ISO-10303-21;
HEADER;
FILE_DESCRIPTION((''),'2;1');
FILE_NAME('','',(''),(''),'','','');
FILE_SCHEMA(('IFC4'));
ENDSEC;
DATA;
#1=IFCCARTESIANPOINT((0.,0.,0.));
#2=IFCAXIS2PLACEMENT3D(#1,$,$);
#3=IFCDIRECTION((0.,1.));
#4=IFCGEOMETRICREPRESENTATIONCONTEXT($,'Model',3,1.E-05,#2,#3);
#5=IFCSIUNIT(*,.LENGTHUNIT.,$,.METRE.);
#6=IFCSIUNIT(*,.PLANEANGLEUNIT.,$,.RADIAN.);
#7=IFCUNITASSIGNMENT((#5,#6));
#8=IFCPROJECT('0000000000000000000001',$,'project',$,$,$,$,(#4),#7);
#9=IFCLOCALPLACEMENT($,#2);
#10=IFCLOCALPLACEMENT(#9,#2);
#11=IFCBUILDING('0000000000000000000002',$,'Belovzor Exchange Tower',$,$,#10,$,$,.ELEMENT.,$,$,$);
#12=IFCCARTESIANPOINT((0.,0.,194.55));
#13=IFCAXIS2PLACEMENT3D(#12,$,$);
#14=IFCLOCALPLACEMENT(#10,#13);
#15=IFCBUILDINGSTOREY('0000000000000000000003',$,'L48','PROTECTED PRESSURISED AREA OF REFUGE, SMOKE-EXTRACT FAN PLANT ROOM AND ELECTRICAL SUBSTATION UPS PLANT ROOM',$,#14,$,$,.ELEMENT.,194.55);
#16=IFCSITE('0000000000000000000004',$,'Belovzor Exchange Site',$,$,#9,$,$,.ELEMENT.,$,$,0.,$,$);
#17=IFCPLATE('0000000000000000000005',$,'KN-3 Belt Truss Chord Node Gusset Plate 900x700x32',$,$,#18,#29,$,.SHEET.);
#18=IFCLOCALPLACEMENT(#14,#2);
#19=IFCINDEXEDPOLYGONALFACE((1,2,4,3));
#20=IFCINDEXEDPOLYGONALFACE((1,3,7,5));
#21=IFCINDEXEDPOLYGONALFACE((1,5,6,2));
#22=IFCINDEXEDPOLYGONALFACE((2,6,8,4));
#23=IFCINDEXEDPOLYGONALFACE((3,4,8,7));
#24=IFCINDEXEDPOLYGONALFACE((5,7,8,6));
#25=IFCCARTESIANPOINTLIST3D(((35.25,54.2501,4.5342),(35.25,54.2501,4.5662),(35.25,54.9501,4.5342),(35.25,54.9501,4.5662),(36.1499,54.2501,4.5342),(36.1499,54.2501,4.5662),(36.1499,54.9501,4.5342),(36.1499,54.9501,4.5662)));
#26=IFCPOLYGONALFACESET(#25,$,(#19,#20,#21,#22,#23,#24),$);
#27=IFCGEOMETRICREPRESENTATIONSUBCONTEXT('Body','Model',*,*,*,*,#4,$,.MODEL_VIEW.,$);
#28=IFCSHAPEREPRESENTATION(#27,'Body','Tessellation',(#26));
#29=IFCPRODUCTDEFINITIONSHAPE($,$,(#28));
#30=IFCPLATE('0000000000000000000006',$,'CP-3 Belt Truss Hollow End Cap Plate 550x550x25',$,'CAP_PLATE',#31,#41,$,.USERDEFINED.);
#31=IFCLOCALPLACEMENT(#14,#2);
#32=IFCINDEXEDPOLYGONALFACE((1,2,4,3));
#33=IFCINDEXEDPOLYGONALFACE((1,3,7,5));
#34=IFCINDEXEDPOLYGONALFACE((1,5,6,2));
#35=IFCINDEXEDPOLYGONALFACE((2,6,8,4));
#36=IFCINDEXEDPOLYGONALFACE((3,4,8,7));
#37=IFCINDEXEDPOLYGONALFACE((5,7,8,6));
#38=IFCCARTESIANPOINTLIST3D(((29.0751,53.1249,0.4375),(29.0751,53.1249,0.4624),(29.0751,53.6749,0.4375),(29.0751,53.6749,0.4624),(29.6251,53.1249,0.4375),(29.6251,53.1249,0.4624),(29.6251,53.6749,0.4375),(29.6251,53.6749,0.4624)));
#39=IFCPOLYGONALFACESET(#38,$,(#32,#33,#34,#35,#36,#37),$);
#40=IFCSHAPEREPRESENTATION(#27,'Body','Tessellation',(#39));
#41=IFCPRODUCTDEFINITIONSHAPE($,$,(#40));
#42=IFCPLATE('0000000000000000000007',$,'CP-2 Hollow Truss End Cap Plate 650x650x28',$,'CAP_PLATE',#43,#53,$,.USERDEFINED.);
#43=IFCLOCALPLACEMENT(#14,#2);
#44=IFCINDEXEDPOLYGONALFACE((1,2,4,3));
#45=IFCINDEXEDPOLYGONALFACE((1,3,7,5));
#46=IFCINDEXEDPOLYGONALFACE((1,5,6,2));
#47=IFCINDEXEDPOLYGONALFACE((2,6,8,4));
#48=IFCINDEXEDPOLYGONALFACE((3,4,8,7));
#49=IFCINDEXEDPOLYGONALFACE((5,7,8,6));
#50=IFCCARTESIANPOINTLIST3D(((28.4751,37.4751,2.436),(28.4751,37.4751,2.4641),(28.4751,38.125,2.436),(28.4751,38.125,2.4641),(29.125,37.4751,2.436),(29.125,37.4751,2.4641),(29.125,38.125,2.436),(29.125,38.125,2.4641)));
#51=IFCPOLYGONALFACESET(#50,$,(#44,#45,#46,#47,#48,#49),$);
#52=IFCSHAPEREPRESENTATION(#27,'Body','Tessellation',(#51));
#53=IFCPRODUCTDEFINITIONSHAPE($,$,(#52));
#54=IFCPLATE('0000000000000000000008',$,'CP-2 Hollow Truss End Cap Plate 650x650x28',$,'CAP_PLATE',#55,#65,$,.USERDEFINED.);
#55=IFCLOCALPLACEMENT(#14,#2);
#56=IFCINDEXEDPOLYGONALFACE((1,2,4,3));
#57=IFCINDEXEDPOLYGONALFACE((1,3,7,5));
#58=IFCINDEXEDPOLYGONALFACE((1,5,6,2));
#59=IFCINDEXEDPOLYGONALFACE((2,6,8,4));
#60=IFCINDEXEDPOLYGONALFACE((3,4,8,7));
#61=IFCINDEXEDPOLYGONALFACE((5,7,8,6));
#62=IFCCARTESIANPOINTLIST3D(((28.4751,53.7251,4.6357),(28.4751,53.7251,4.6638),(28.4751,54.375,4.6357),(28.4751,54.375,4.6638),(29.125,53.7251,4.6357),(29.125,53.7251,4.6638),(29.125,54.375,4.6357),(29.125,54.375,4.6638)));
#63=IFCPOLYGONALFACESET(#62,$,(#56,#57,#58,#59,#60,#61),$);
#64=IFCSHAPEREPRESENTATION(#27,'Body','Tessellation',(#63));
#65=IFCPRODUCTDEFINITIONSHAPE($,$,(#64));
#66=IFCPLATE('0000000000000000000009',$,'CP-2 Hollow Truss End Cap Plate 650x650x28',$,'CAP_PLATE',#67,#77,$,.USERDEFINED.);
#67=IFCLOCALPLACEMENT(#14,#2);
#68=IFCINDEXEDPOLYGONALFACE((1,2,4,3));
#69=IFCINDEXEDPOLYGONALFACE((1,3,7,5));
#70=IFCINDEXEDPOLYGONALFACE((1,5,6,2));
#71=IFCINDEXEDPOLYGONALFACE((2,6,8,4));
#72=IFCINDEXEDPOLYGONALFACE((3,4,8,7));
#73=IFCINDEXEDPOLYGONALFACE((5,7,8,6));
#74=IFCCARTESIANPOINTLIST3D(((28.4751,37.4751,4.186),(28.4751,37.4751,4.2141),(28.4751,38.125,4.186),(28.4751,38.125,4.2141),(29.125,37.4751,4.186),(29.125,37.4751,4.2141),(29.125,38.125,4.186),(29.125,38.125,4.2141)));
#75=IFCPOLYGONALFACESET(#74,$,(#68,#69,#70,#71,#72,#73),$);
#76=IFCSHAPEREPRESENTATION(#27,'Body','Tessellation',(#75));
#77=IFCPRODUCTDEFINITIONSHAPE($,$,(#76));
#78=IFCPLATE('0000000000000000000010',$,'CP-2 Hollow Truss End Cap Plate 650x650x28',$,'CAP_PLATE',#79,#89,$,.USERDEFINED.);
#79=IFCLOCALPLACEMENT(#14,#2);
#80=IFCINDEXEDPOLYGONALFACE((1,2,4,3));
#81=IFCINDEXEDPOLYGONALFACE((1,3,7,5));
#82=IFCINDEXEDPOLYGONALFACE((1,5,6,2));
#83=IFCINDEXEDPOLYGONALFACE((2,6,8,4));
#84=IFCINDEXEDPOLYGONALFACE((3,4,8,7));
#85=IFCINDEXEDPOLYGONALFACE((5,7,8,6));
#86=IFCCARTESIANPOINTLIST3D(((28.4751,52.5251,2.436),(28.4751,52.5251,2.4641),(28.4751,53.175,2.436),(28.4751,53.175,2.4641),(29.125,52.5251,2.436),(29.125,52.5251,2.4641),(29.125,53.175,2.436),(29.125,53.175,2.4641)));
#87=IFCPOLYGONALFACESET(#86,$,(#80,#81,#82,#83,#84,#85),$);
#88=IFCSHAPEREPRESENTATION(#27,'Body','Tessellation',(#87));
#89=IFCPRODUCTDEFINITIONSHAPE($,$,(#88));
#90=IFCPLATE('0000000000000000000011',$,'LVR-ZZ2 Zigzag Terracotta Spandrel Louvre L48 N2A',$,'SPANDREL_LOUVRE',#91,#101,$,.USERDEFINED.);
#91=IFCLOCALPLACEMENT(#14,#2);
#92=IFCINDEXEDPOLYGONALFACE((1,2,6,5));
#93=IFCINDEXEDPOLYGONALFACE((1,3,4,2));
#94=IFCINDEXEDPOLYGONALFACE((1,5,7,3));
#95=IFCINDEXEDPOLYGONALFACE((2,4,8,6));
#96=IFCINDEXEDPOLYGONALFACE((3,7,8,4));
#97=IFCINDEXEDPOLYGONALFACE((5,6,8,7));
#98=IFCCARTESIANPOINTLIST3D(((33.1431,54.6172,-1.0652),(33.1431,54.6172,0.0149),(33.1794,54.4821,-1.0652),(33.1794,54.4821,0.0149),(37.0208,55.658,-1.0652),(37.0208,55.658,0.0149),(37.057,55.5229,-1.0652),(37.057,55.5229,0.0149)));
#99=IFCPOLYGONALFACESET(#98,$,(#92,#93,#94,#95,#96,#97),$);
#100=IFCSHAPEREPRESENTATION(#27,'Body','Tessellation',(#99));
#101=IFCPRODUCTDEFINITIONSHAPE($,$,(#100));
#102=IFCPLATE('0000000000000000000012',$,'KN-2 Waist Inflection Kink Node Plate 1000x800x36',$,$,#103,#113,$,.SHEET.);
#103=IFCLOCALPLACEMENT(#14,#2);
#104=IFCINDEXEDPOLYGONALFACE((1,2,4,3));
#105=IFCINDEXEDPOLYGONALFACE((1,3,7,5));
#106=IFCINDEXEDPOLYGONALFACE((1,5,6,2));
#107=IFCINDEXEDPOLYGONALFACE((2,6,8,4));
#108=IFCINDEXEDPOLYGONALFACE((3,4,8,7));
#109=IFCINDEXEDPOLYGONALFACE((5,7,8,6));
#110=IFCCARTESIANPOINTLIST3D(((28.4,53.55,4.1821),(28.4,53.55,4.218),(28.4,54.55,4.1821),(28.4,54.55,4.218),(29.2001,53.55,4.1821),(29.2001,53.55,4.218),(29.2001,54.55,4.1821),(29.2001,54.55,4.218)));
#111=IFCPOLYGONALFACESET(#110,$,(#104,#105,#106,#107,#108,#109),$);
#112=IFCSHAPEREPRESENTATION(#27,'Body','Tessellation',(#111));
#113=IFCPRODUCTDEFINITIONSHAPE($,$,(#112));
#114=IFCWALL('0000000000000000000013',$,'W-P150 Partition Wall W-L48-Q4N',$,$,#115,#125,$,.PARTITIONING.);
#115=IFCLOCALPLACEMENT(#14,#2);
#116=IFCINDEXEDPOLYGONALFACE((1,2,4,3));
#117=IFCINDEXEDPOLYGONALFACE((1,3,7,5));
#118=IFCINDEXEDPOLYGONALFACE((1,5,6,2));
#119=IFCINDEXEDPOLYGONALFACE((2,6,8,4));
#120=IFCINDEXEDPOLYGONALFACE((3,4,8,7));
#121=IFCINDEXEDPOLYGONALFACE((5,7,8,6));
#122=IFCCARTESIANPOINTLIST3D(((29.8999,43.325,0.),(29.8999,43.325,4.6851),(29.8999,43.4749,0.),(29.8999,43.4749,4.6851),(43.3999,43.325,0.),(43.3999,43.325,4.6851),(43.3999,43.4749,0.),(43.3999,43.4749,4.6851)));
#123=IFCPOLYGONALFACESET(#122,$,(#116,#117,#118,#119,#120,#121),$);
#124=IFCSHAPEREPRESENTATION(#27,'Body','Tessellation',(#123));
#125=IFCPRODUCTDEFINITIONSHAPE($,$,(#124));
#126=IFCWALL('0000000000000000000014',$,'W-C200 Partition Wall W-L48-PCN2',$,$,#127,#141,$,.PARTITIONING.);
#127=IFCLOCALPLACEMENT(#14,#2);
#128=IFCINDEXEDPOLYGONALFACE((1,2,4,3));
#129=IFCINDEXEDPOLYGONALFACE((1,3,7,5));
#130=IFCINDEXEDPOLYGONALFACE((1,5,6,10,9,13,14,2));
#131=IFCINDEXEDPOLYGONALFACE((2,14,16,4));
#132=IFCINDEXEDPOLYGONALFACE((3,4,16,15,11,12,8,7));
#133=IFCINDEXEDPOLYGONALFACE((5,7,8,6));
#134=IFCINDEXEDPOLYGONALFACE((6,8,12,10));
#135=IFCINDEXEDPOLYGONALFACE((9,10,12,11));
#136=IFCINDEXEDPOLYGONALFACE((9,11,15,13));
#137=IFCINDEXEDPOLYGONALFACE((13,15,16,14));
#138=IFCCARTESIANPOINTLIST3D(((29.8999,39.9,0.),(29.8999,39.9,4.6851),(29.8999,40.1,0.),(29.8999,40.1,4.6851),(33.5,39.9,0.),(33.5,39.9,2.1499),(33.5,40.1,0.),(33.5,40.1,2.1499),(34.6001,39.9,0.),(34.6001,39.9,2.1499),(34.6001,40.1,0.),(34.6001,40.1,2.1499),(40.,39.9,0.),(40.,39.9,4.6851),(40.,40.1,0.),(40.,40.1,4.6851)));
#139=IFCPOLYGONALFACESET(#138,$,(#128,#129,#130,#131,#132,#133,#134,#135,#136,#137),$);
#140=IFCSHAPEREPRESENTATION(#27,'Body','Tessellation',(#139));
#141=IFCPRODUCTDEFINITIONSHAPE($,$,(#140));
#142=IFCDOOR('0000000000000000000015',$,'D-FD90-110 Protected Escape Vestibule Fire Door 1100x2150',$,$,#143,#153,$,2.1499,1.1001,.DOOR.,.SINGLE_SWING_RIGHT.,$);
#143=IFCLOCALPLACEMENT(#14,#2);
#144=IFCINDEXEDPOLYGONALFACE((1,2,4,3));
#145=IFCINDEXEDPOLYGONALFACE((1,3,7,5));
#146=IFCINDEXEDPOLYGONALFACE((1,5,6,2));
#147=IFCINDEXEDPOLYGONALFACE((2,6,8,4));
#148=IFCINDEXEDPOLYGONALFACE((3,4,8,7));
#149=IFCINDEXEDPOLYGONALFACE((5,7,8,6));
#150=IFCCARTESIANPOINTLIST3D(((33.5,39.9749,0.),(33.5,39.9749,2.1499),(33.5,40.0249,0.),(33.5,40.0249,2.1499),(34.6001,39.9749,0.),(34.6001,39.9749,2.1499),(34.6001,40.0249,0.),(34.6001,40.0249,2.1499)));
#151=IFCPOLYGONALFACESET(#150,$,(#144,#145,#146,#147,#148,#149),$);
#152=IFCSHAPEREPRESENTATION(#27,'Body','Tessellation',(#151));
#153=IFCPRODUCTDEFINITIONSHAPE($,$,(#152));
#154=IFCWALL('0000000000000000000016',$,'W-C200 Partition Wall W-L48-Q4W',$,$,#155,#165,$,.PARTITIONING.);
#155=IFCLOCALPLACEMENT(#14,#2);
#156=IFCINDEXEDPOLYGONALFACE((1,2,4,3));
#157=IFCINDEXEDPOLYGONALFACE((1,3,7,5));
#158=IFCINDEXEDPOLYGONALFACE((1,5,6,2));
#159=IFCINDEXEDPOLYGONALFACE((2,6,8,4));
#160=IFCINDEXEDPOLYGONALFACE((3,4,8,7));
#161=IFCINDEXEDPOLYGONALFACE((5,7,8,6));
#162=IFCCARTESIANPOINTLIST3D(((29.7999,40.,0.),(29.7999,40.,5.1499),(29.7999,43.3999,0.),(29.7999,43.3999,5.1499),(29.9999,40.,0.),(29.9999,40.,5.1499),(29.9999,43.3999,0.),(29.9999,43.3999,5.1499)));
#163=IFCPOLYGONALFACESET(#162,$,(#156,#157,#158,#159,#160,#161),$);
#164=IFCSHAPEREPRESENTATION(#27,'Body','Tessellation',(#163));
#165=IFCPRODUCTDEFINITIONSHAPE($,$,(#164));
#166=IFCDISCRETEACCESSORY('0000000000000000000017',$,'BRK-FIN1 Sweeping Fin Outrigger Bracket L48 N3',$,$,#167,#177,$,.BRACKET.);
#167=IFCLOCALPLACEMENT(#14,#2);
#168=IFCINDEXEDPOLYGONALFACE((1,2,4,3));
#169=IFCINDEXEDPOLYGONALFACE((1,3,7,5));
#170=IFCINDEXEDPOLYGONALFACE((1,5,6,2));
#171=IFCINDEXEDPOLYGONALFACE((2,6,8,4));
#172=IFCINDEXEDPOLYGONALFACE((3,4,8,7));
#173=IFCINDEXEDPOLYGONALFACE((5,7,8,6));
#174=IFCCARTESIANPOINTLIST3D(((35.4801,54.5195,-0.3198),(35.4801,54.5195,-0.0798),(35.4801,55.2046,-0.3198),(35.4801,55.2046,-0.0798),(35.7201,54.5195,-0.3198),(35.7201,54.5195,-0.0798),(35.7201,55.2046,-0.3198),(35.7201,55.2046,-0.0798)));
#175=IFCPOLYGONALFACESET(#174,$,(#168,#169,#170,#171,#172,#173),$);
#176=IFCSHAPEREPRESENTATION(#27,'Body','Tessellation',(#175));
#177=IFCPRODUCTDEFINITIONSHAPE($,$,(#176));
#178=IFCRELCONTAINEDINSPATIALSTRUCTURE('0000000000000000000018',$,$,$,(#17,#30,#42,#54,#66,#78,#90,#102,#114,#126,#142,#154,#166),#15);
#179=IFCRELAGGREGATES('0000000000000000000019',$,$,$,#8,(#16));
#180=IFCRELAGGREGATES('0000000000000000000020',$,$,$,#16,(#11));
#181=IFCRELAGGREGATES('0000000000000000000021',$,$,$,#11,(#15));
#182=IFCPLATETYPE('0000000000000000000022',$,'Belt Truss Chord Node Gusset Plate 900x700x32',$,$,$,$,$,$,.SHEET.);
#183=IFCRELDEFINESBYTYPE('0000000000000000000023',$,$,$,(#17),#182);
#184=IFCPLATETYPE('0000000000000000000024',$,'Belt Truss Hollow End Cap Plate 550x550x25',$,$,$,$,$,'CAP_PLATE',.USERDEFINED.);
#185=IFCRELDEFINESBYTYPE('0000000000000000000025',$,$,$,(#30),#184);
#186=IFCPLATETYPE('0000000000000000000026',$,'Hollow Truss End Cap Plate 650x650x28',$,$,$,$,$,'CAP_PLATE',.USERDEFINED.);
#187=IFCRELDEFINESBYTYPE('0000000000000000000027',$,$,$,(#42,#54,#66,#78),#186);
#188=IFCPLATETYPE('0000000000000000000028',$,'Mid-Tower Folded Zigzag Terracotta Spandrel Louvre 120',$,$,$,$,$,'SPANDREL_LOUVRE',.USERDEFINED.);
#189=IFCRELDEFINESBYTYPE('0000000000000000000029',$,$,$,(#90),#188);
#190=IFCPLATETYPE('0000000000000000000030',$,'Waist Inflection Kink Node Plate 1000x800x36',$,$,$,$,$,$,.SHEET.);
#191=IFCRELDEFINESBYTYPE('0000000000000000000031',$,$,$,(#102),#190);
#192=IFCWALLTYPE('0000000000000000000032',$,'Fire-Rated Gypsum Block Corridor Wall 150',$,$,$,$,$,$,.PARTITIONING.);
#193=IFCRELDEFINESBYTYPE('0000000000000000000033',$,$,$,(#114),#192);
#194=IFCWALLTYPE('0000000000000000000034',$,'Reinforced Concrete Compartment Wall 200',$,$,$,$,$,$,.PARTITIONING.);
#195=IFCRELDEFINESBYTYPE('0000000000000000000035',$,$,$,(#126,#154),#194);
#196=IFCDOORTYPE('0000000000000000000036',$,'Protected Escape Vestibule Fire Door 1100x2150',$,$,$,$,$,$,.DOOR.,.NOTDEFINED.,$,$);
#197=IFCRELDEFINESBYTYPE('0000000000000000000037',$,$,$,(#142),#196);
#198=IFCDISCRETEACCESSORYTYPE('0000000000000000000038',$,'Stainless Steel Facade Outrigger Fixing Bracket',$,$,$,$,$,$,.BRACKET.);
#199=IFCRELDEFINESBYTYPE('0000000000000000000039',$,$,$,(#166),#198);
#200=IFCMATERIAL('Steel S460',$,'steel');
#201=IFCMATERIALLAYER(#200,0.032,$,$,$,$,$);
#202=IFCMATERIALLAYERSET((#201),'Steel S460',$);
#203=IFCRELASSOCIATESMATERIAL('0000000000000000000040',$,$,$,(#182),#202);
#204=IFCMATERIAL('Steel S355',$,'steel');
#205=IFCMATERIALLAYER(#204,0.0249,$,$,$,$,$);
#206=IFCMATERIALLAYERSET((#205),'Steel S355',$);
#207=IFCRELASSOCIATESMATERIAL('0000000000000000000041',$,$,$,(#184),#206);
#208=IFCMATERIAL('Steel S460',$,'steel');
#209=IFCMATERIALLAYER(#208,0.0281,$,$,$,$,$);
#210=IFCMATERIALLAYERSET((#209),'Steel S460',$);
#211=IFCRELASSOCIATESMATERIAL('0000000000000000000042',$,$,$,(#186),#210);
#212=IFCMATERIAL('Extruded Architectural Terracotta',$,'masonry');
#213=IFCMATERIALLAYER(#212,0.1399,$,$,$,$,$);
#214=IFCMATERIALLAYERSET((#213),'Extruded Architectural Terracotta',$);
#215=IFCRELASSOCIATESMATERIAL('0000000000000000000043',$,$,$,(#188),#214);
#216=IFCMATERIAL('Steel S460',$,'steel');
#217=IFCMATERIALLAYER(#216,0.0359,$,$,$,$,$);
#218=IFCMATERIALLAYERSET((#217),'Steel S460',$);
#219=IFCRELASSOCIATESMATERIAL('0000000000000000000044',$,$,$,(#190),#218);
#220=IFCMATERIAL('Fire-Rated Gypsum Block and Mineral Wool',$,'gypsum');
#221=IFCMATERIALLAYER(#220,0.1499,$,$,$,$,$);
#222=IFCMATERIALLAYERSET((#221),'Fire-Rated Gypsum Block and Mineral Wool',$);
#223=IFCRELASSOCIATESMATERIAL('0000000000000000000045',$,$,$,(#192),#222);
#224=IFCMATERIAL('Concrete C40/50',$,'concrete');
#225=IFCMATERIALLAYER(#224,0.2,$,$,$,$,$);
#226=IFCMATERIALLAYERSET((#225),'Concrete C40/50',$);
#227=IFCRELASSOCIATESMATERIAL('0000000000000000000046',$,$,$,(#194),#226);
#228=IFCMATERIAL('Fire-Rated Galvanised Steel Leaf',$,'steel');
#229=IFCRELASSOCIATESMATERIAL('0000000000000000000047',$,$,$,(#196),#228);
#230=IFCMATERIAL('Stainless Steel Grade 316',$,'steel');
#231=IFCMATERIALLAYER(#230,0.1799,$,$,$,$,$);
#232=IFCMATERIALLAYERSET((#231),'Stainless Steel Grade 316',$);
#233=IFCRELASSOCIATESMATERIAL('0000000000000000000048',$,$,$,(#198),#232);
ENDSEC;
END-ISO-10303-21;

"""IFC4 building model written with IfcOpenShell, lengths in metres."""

from ifc_helpers import new_model, si_unit, direction, frame, frame_2d, origin, origin_2d, place, context, subcontext, project, spatial, rectangle, extrude, material, layer, layer_set, type_object, element, fill, save


model = new_model("IFC4")

# Units and contexts
model_context = context("Model", 3, precision=1e-05, world=origin(), true_north=direction((0.0, 1.0)))
body_context = subcontext(model_context, "Body", "Model", "MODEL_VIEW")
ifc_project = project(units=[si_unit("LENGTHUNIT", "METRE"), si_unit("PLANEANGLEUNIT", "RADIAN")], contexts=[model_context])

# Site, building, storey
site_placement = place(None, origin())
site = spatial("IfcSite", under=ifc_project, at=site_placement, Name="Belovzor Exchange Site", CompositionType="ELEMENT", RefElevation=0.0)
building_placement = place(site_placement, origin())
building = spatial("IfcBuilding", under=site, at=building_placement, Name="Belovzor Exchange Tower", CompositionType="ELEMENT")
storey_placement = place(building_placement, frame((0.0, 0.0, 194.55)))
storey = spatial("IfcBuildingStorey", under=building, at=storey_placement, Name="L48", Description="PROTECTED PRESSURISED AREA OF REFUGE, SMOKE-EXTRACT FAN PLANT ROOM AND ELECTRICAL SUBSTATION UPS PLANT ROOM", CompositionType="ELEMENT", Elevation=194.55)

# Plates
ifc_material_1 = material(Name="Steel S460", Category="steel")
ifc_layer_1 = layer(ifc_material_1, 0.032)
ifc_layer_set_1 = layer_set([ifc_layer_1], Name="Steel S460")
plate_type_1 = type_object("IfcPlateType", Name="Belt Truss Chord Node Gusset Plate 900x700x32", PredefinedType="SHEET", material=ifc_layer_set_1)
plate_1_placement = place(storey_placement, frame((35.7, 54.6001, 4.5342), z_axis=(0.0, 0.0, 1.0), x_axis=(1.0, 0.0, 0.0)))
element("IfcPlate", 1, at=plate_1_placement, inside=storey, type_object=plate_type_1, Name="KN-3 Belt Truss Chord Node Gusset Plate 900x700x32", PredefinedType="SHEET", context=body_context, shape_type="SweptSolid", body=[
    extrude(rectangle(XDim=0.8999, YDim=0.7, at=origin_2d()), origin(), (0.0, 0.0, 1.0), 0.032),
])
ifc_material_2 = material(Name="Steel S355", Category="steel")
ifc_layer_2 = layer(ifc_material_2, 0.0249)
ifc_layer_set_2 = layer_set([ifc_layer_2], Name="Steel S355")
plate_type_2 = type_object("IfcPlateType", Name="Belt Truss Hollow End Cap Plate 550x550x25", ElementType="CAP_PLATE", PredefinedType="USERDEFINED", material=ifc_layer_set_2)
plate_2_placement = place(storey_placement, frame((29.3501, 53.3999, 0.4375), z_axis=(0.0, 0.0, 1.0), x_axis=(1.0, 0.0, 0.0)))
element("IfcPlate", 2, at=plate_2_placement, inside=storey, type_object=plate_type_2, Name="CP-3 Belt Truss Hollow End Cap Plate 550x550x25", ObjectType="CAP_PLATE", PredefinedType="USERDEFINED", context=body_context, shape_type="SweptSolid", body=[
    extrude(rectangle(XDim=0.55, YDim=0.55, at=origin_2d()), origin(), (0.0, 0.0, 1.0), 0.0249),
])
ifc_material_3 = material(Name="Steel S460", Category="steel")
ifc_layer_3 = layer(ifc_material_3, 0.0281)
ifc_layer_set_3 = layer_set([ifc_layer_3], Name="Steel S460")
plate_type_3 = type_object("IfcPlateType", Name="Hollow Truss End Cap Plate 650x650x28", ElementType="CAP_PLATE", PredefinedType="USERDEFINED", material=ifc_layer_set_3)
for number, where, z_axis, x_axis, name in (
    (3, (28.8, 37.8, 2.436), (0.0, 0.0, 1.0), (1.0, 0.0, 0.0), "CP-2 Hollow Truss End Cap Plate 650x650x28"),
    (4, (28.8, 54.05, 4.6357), (0.0, 0.0, 1.0), (1.0, 0.0, 0.0), "CP-2 Hollow Truss End Cap Plate 650x650x28"),
    (5, (28.8, 37.8, 4.186), (0.0, 0.0, 1.0), (0.0, 1.0, 0.0), "CP-2 Hollow Truss End Cap Plate 650x650x28"),
    (6, (28.8, 52.8501, 2.436), (0.0, 0.0, 1.0), (0.0, 1.0, 0.0), "CP-2 Hollow Truss End Cap Plate 650x650x28"),
):
    element("IfcPlate", number, at=place(storey_placement, frame(where, z_axis=z_axis, x_axis=x_axis)), inside=storey, type_object=plate_type_3, Name=name, ObjectType="CAP_PLATE", PredefinedType="USERDEFINED", context=body_context, shape_type="SweptSolid", body=[
        extrude(rectangle(XDim=0.6499, YDim=0.6499, at=origin_2d()), origin(), (0.0, 0.0, 1.0), 0.0281),
    ])
ifc_material_4 = material(Name="Extruded Architectural Terracotta", Category="masonry")
ifc_layer_4 = layer(ifc_material_4, 0.1399)
ifc_layer_set_4 = layer_set([ifc_layer_4], Name="Extruded Architectural Terracotta")
plate_type_4 = type_object("IfcPlateType", Name="Mid-Tower Folded Zigzag Terracotta Spandrel Louvre 120", ElementType="SPANDREL_LOUVRE", PredefinedType="USERDEFINED", material=ifc_layer_set_4)
plate_3_placement = place(storey_placement, frame((35.1001, 55.0701, -1.0652), z_axis=(0.0, 0.0, 1.0), x_axis=(0.965813, 0.25924, 0.0)))
element("IfcPlate", 7, at=plate_3_placement, inside=storey, type_object=plate_type_4, Name="LVR-ZZ2 Zigzag Terracotta Spandrel Louvre L48 N2A", ObjectType="SPANDREL_LOUVRE", PredefinedType="USERDEFINED", context=body_context, shape_type="SweptSolid", body=[
    extrude(rectangle(XDim=4.0149, YDim=0.1399, at=origin_2d()), origin(), (0.0, 0.0, 1.0), 1.0801),
])
ifc_material_5 = material(Name="Steel S460", Category="steel")
ifc_layer_5 = layer(ifc_material_5, 0.0359)
ifc_layer_set_5 = layer_set([ifc_layer_5], Name="Steel S460")
plate_type_5 = type_object("IfcPlateType", Name="Waist Inflection Kink Node Plate 1000x800x36", PredefinedType="SHEET", material=ifc_layer_set_5)
plate_4_placement = place(storey_placement, frame((28.8, 54.05, 4.1821), z_axis=(0.0, 0.0, 1.0), x_axis=(0.0, 1.0, 0.0)))
element("IfcPlate", 8, at=plate_4_placement, inside=storey, type_object=plate_type_5, Name="KN-2 Waist Inflection Kink Node Plate 1000x800x36", PredefinedType="SHEET", context=body_context, shape_type="SweptSolid", body=[
    extrude(rectangle(XDim=1.0, YDim=0.8, at=origin_2d()), origin(), (0.0, 0.0, 1.0), 0.0359),
])

# Wall
ifc_material_6 = material(Name="Fire-Rated Gypsum Block and Mineral Wool", Category="gypsum")
ifc_layer_6 = layer(ifc_material_6, 0.1499)
ifc_layer_set_6 = layer_set([ifc_layer_6], Name="Fire-Rated Gypsum Block and Mineral Wool")
wall_type_1 = type_object("IfcWallType", Name="Fire-Rated Gypsum Block Corridor Wall 150", PredefinedType="PARTITIONING", material=ifc_layer_set_6)
wall_1_placement = place(storey_placement, frame((29.8999, 43.3999, 0.0), z_axis=(0.0, 0.0, 1.0), x_axis=(1.0, 0.0, 0.0)))
element("IfcWall", 9, at=wall_1_placement, inside=storey, type_object=wall_type_1, Name="W-P150 Partition Wall W-L48-Q4N", PredefinedType="PARTITIONING", context=body_context, shape_type="SweptSolid", body=[
    extrude(rectangle(XDim=13.5, YDim=0.1499, at=frame_2d((6.75, 0.0))), origin(), (0.0, 0.0, 1.0), 4.6851),
])

# Wall, opening, door
ifc_material_7 = material(Name="Concrete C40/50", Category="concrete")
ifc_layer_7 = layer(ifc_material_7, 0.2)
ifc_layer_set_7 = layer_set([ifc_layer_7], Name="Concrete C40/50")
wall_type_2 = type_object("IfcWallType", Name="Reinforced Concrete Compartment Wall 200", PredefinedType="PARTITIONING", material=ifc_layer_set_7)
wall_2_placement = place(storey_placement, frame((29.8999, 40.0, 0.0), z_axis=(0.0, 0.0, 1.0), x_axis=(1.0, 0.0, 0.0)))
wall_2 = element("IfcWall", 10, at=wall_2_placement, inside=storey, type_object=wall_type_2, Name="W-C200 Partition Wall W-L48-PCN2", PredefinedType="PARTITIONING", context=body_context, shape_type="SweptSolid", body=[
    extrude(rectangle(XDim=10.1001, YDim=0.2, at=frame_2d((5.05, 0.0))), origin(), (0.0, 0.0, 1.0), 4.6851),
])
opening_placement = place(wall_2_placement, frame((3.6001, 0.0, 0.0)))
opening = element("IfcOpeningElement", 11, at=opening_placement, cuts=wall_2, PredefinedType="OPENING", context=body_context, shape_type="SweptSolid", body=[
    extrude(rectangle(XDim=1.1001, YDim=2.1499, at=frame_2d((0.55, 1.075))), frame((0.0, 0.1099, 0.0), z_axis=(0.0, -1.0, 0.0), x_axis=(1.0, 0.0, 0.0)), (0.0, 0.0, 1.0), 0.22),
])
ifc_material_8 = material(Name="Fire-Rated Galvanised Steel Leaf", Category="steel")
door_type = type_object("IfcDoorType", Name="Protected Escape Vestibule Fire Door 1100x2150", OperationType="NOTDEFINED", PredefinedType="DOOR", material=ifc_material_8)
door_placement = place(opening_placement, origin())
door = element("IfcDoor", 12, at=door_placement, inside=storey, type_object=door_type, Name="D-FD90-110 Protected Escape Vestibule Fire Door 1100x2150", OperationType="SINGLE_SWING_RIGHT", OverallHeight=2.1499, OverallWidth=1.1001, PredefinedType="DOOR", context=body_context, shape_type="SweptSolid", body=[
    extrude(rectangle(XDim=1.1001, YDim=2.1499, at=frame_2d((0.55, 1.075))), frame((0.0, 0.0249, 0.0), z_axis=(0.0, -1.0, 0.0), x_axis=(1.0, 0.0, 0.0)), (0.0, 0.0, 1.0), 0.05),
])
fill(opening, door)

# Wall
wall_3_placement = place(storey_placement, frame((29.8999, 40.0, 0.0), z_axis=(0.0, 0.0, 1.0), x_axis=(0.0, 1.0, 0.0)))
element("IfcWall", 13, at=wall_3_placement, inside=storey, type_object=wall_type_2, Name="W-C200 Partition Wall W-L48-Q4W", PredefinedType="PARTITIONING", context=body_context, shape_type="SweptSolid", body=[
    extrude(rectangle(XDim=3.3999, YDim=0.2, at=frame_2d((1.7, 0.0))), origin(), (0.0, 0.0, 1.0), 5.1499),
])

# Discrete accessory
ifc_material_9 = material(Name="Stainless Steel Grade 316", Category="steel")
ifc_layer_8 = layer(ifc_material_9, 0.1799)
ifc_layer_set_8 = layer_set([ifc_layer_8], Name="Stainless Steel Grade 316")
discrete_accessory_type = type_object("IfcDiscreteAccessoryType", Name="Stainless Steel Facade Outrigger Fixing Bracket", PredefinedType="BRACKET", material=ifc_layer_set_8)
discrete_accessory_placement = place(storey_placement, frame((35.6001, 54.8621, -0.3198), z_axis=(0.0, 0.0, 1.0), x_axis=(0.0, 1.0, 0.0)))
element("IfcDiscreteAccessory", 14, at=discrete_accessory_placement, inside=storey, type_object=discrete_accessory_type, Name="BRK-FIN1 Sweeping Fin Outrigger Bracket L48 N3", PredefinedType="BRACKET", context=body_context, shape_type="SweptSolid", body=[
    extrude(rectangle(XDim=0.6851, YDim=0.24, at=origin_2d()), origin(), (0.0, 0.0, 1.0), 0.24),
])

save(model, "model.ifc")
